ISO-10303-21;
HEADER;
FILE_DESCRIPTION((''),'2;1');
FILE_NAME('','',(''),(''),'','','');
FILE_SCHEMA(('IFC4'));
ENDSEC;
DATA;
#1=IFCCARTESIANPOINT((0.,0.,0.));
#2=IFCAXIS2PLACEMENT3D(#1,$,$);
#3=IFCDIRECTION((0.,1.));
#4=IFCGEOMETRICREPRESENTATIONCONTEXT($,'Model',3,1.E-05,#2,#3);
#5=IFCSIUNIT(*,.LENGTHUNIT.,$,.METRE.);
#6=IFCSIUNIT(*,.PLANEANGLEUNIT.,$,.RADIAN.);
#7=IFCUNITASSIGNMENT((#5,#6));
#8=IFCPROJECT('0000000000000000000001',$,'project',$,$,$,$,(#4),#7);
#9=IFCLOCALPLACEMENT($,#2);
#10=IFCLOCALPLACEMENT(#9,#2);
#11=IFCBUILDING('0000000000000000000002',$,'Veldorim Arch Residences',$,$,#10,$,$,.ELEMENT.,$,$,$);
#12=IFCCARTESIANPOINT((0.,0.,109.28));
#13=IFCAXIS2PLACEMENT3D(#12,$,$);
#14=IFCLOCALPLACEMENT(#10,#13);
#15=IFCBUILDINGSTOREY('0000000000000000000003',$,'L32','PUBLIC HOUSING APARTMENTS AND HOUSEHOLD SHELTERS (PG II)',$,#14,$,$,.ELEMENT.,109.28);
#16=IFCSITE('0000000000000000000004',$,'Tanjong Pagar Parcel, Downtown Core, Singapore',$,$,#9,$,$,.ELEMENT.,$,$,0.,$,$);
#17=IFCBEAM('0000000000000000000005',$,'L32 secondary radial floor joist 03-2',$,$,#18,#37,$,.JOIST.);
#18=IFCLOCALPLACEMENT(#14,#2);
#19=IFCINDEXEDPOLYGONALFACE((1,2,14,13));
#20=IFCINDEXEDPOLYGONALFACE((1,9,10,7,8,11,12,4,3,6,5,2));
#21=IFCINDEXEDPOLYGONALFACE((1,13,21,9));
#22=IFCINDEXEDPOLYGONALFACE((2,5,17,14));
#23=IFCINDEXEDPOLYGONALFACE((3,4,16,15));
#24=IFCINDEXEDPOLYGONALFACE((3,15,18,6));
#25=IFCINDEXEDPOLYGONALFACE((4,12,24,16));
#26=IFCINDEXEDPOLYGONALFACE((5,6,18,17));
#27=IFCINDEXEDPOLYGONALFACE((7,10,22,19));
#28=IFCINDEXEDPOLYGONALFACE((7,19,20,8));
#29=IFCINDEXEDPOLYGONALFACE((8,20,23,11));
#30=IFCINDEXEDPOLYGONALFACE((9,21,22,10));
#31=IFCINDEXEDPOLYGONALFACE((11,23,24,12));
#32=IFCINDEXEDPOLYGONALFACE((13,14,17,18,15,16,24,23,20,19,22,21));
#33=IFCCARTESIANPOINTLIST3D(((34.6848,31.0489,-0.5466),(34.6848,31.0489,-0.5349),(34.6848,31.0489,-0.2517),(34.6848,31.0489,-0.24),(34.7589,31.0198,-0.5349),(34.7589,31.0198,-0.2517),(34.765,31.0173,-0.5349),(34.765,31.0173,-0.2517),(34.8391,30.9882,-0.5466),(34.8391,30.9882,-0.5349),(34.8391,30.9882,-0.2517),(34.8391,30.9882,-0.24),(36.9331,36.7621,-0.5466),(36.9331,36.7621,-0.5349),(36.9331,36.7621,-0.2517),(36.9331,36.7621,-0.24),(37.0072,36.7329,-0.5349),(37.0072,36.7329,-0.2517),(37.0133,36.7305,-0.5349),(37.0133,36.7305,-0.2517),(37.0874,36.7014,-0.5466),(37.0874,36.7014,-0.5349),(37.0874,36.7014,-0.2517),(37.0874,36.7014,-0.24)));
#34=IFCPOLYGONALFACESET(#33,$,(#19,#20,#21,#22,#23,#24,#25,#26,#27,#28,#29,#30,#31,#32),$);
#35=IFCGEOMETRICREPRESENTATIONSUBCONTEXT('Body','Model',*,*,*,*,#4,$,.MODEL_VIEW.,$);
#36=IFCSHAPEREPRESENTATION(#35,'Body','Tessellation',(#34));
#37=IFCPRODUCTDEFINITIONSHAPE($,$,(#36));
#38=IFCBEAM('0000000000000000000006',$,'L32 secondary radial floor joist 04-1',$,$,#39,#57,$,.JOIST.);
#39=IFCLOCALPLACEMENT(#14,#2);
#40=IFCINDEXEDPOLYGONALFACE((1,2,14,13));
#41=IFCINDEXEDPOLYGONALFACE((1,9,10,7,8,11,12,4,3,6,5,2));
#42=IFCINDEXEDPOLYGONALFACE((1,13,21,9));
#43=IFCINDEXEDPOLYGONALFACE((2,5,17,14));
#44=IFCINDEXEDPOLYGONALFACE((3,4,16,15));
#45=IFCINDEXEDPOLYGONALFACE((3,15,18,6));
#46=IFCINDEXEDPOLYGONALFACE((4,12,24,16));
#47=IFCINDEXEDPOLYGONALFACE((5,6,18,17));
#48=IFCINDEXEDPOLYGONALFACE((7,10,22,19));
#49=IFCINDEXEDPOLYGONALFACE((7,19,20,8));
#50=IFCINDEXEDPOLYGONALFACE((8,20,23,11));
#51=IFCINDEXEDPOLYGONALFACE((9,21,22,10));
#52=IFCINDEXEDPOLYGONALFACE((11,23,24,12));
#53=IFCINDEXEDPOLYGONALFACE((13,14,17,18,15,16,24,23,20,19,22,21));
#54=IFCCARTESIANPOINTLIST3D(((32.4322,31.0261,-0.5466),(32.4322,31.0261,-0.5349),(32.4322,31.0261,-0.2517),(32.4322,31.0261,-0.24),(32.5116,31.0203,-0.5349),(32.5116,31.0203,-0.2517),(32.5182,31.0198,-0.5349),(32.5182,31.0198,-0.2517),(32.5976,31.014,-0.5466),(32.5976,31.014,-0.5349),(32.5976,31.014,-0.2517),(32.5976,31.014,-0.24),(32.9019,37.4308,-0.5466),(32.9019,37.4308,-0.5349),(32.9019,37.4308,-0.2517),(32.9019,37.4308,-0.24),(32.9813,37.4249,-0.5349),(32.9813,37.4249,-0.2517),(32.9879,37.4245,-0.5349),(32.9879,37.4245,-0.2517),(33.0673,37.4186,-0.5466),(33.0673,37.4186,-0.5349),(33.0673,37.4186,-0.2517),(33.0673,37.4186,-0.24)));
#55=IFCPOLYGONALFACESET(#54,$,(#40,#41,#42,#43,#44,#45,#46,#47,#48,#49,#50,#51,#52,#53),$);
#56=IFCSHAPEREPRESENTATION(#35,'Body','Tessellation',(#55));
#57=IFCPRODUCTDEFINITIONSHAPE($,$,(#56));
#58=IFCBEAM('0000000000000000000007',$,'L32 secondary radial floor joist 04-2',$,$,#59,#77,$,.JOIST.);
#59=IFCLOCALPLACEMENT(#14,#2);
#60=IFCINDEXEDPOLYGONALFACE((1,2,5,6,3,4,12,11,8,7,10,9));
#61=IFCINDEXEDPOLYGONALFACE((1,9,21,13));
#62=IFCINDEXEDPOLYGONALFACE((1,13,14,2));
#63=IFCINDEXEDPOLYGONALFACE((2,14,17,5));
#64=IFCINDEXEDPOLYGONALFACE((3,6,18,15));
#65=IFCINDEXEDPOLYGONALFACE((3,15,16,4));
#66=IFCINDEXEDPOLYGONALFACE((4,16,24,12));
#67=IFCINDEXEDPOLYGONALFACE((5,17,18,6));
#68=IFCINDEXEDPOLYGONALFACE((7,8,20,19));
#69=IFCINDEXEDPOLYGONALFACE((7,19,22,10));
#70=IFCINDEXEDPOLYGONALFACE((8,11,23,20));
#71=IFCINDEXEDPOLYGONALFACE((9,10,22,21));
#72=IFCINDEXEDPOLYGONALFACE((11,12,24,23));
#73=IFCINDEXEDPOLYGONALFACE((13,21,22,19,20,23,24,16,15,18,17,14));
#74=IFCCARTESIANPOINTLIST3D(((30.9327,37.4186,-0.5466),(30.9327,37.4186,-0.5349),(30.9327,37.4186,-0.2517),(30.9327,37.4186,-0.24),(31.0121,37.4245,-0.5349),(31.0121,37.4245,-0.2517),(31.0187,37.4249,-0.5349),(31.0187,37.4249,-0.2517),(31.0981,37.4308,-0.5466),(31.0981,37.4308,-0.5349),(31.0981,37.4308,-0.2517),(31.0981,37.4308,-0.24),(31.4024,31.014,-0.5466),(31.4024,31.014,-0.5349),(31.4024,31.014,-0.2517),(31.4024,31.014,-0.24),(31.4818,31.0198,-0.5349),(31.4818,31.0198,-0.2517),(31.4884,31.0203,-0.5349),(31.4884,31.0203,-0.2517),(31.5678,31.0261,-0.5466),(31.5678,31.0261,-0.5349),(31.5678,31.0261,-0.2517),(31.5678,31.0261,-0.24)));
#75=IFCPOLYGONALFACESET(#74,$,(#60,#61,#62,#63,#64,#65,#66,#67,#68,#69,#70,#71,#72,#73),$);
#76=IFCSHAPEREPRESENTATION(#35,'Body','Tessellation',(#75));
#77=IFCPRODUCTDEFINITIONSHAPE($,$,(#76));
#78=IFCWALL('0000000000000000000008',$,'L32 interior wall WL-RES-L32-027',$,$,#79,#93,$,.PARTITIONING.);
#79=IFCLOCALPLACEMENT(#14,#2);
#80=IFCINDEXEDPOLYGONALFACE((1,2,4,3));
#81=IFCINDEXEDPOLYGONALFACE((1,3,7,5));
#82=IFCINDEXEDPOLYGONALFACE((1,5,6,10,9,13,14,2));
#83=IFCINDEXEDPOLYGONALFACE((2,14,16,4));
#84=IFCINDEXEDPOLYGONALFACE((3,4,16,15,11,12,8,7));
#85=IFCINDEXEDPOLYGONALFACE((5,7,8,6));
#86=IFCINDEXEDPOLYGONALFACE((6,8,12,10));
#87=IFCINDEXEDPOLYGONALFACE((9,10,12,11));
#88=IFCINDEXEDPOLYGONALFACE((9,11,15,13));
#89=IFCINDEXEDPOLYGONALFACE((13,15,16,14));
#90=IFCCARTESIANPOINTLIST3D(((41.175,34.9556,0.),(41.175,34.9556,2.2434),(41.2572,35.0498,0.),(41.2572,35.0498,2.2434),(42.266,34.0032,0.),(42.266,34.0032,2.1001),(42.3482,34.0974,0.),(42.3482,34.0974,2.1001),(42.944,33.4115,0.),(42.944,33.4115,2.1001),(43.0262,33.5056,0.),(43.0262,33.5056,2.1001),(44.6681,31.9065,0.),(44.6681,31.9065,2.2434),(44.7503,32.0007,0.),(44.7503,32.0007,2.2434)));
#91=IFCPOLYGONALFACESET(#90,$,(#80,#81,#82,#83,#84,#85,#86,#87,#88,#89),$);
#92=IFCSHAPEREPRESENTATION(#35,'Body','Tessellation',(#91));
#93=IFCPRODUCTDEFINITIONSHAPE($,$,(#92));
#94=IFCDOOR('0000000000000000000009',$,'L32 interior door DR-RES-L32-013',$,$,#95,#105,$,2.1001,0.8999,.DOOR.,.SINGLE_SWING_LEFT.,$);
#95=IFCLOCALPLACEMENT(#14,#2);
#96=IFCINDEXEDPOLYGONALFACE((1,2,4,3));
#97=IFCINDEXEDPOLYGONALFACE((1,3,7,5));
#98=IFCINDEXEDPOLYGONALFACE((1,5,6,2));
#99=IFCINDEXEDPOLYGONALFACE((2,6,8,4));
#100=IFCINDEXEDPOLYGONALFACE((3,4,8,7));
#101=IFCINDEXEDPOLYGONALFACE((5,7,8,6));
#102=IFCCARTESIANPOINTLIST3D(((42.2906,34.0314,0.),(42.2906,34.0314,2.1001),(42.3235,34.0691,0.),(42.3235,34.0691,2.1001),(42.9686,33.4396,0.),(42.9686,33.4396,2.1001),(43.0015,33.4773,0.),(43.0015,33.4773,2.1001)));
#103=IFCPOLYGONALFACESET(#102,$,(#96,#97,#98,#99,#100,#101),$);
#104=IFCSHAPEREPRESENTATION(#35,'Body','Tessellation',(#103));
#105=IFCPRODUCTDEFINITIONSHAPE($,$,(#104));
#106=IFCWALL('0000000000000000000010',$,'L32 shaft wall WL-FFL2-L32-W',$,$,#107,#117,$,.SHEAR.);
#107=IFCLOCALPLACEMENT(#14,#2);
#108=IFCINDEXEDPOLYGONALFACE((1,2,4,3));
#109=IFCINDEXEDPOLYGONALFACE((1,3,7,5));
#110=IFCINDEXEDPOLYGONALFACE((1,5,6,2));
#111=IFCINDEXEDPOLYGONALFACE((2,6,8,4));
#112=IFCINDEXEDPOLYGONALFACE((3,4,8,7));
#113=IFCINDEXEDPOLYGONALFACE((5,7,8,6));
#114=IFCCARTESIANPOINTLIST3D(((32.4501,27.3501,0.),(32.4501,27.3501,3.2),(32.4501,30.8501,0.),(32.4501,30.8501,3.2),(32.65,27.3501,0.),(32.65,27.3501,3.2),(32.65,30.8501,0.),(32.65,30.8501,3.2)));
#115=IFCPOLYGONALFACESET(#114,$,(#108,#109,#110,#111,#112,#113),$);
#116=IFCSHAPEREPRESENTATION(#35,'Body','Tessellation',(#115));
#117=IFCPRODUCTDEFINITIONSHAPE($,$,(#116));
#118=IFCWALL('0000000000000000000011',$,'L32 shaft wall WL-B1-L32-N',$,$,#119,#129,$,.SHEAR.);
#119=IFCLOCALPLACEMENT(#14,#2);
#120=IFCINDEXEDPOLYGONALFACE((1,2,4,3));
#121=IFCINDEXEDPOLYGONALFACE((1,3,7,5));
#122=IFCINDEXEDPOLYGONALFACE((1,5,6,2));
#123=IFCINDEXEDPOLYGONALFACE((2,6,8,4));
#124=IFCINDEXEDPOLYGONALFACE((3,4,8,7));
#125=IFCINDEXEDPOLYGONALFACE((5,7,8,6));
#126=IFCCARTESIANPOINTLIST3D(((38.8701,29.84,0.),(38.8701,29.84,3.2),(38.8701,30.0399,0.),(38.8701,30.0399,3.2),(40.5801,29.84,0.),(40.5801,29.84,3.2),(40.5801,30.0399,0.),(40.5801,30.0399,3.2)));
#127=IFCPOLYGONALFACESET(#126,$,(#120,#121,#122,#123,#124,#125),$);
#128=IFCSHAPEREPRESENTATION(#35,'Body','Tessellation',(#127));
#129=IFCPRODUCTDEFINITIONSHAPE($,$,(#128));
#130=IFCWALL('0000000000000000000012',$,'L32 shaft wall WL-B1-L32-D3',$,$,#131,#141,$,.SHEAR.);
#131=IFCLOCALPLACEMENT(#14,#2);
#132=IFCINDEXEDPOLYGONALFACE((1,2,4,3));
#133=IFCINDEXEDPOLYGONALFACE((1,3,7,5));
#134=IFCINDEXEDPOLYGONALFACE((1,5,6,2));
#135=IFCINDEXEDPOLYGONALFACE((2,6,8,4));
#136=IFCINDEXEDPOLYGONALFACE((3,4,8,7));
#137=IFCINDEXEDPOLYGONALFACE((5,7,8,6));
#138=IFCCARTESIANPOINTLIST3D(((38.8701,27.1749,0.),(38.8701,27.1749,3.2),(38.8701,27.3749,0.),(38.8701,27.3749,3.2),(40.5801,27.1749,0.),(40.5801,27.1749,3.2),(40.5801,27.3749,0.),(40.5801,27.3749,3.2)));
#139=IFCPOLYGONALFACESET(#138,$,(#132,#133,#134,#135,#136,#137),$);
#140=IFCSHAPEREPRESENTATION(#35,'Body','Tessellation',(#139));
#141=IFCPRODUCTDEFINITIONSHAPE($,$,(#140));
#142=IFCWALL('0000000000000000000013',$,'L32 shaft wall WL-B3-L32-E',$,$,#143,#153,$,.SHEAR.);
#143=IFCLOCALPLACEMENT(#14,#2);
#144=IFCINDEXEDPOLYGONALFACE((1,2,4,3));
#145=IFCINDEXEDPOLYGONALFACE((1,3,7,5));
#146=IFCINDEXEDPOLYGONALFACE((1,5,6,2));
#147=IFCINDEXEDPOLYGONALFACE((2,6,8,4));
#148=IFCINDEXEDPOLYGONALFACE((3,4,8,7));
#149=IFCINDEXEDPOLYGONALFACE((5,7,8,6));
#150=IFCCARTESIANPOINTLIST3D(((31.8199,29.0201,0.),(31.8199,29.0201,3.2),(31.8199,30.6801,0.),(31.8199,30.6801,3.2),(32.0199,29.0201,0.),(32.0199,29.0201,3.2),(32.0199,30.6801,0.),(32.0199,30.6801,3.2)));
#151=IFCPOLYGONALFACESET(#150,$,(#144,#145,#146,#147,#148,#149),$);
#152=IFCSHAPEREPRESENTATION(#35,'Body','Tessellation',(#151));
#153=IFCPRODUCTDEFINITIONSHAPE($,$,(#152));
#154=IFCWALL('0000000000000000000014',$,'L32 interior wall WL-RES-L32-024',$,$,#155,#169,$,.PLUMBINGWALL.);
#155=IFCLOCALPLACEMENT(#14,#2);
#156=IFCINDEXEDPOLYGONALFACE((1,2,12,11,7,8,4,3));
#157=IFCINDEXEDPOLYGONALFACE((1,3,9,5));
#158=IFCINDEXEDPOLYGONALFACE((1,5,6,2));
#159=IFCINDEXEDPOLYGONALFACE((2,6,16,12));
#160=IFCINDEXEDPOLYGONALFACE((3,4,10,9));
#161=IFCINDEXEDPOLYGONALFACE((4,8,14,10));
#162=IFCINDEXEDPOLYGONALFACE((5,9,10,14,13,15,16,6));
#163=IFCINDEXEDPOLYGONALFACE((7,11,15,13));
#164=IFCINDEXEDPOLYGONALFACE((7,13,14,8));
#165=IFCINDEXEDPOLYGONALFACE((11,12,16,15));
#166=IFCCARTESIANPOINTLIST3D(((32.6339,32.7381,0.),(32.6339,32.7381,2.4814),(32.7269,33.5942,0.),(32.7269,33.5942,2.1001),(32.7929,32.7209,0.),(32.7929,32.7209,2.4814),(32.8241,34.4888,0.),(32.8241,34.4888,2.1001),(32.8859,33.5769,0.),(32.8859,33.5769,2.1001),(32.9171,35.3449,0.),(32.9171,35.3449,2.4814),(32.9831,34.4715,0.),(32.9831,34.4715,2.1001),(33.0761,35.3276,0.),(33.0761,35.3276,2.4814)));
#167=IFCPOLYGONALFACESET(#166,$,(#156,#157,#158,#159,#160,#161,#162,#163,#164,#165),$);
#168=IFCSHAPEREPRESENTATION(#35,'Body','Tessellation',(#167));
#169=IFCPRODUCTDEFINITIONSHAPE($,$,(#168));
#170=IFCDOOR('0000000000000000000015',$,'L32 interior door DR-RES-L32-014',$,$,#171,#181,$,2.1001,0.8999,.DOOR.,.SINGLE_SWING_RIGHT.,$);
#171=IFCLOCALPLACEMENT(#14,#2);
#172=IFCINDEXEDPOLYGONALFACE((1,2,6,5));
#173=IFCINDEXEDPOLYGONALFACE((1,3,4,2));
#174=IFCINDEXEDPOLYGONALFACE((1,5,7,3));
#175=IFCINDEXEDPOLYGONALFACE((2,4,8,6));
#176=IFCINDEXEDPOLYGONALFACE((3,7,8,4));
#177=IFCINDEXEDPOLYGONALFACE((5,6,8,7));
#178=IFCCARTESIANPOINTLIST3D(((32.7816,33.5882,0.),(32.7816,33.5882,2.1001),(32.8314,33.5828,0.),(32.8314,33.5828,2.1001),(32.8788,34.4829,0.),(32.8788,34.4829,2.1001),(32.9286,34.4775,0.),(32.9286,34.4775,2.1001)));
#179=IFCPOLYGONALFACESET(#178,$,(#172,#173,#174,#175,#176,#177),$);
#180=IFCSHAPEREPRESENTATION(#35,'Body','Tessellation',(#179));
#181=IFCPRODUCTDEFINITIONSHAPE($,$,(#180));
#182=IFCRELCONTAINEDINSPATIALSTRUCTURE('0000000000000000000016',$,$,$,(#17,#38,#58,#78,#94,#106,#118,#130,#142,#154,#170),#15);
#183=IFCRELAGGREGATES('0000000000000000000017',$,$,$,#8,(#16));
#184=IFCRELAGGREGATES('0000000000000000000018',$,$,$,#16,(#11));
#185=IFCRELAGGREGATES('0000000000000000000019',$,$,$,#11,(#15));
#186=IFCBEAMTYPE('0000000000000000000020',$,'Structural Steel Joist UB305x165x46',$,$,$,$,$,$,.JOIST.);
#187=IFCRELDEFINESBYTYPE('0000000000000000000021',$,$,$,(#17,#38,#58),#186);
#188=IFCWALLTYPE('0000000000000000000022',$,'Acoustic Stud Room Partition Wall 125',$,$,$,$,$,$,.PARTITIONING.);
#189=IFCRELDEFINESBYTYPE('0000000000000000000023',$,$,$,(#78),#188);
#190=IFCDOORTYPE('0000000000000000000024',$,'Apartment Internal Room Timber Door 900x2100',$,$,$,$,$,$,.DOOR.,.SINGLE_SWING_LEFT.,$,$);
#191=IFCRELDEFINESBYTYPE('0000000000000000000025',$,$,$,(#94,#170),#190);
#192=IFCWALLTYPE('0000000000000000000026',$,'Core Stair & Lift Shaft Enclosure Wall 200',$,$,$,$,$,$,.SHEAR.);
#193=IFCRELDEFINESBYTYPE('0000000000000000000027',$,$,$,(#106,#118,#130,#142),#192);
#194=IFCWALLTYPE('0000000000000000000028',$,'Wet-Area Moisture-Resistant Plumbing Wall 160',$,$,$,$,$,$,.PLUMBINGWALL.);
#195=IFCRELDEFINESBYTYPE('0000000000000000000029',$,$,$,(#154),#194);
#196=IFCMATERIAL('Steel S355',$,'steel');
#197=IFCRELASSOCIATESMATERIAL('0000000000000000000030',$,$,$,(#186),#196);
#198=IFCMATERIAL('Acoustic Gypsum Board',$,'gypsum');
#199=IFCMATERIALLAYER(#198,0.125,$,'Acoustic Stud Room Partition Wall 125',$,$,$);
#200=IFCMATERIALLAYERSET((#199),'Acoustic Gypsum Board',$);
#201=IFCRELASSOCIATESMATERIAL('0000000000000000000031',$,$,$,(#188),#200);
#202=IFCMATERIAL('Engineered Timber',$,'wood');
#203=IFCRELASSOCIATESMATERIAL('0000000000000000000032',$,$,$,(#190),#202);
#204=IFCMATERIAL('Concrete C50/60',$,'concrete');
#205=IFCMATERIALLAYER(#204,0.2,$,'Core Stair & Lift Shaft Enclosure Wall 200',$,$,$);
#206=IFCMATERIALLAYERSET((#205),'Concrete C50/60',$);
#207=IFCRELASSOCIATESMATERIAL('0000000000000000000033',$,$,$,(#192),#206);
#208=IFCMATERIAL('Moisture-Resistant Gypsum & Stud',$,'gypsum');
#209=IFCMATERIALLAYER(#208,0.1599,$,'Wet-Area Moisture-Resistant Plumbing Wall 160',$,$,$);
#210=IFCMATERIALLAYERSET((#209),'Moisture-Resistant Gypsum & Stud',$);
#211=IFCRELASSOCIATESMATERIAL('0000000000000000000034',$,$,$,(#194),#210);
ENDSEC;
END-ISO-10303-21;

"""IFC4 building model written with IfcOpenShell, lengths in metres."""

from ifc_helpers import new_model, si_unit, direction, frame, frame_2d, origin, origin_2d, place, context, subcontext, project, spatial, rectangle, i_section, extrude, material, layer, layer_set, material_profile, profile_set, type_object, element, fill, save


model = new_model("IFC4")

# Units and contexts
model_context = context("Model", 3, precision=1e-05, world=origin(), true_north=direction((0.0, 1.0)))
body_context = subcontext(model_context, "Body", "Model", "MODEL_VIEW")
ifc_project = project(units=[si_unit("LENGTHUNIT", "METRE"), si_unit("PLANEANGLEUNIT", "RADIAN")], contexts=[model_context])

# Site, building, storey
site_placement = place(None, origin())
site = spatial("IfcSite", under=ifc_project, at=site_placement, Name="Tanjong Pagar Parcel, Downtown Core, Singapore", CompositionType="ELEMENT", RefElevation=0.0)
building_placement = place(site_placement, origin())
building = spatial("IfcBuilding", under=site, at=building_placement, Name="Veldorim Arch Residences", CompositionType="ELEMENT")
storey_placement = place(building_placement, frame((0.0, 0.0, 109.28)))
storey = spatial("IfcBuildingStorey", under=building, at=storey_placement, Name="L32", Description="PUBLIC HOUSING APARTMENTS AND HOUSEHOLD SHELTERS (PG II)", CompositionType="ELEMENT", Elevation=109.28)

# Beams
ifc_material_1 = material(Name="Steel S355", Category="steel")
ifc_material_profile_1 = material_profile(ifc_material_1, i_section(OverallWidth=0.1658, OverallDepth=0.3066, WebThickness=0.0066, FlangeThickness=0.0117, at=origin_2d()), Name="UB305x165x46")
ifc_profile_set_1 = profile_set([ifc_material_profile_1], Name="Steel S355")
beam_type_1 = type_object("IfcBeamType", Name="Structural Steel Joist UB305x165x46", PredefinedType="JOIST", material=ifc_profile_set_1)
beam_1_placement = place(storey_placement, frame((34.762, 31.0186, -0.3933), z_axis=(0.366195, 0.930538, 0.0), x_axis=(-0.930538, 0.366195, 0.0)))
element("IfcBeam", 1, at=beam_1_placement, inside=storey, type_object=beam_type_1, Name="L32 secondary radial floor joist 03-2", PredefinedType="JOIST", context=body_context, shape_type="SweptSolid", body=[
    extrude(i_section(OverallWidth=0.1658, OverallDepth=0.3066, WebThickness=0.0066, FlangeThickness=0.0117, at=origin_2d()), origin(), (0.0, 0.0, 1.0), 6.1396),
])
for number, where, z_axis, x_axis, name in (
    (2, (32.5149, 31.02, -0.3933), (0.073143, 0.997321, 0.0), (-0.997321, 0.073143, 0.0), "L32 secondary radial floor joist 04-1"),
    (3, (31.4851, 31.02, -0.3933), (-0.073143, 0.997321, 0.0), (-0.997321, -0.073143, 0.0), "L32 secondary radial floor joist 04-2"),
):
    element("IfcBeam", number, at=place(storey_placement, frame(where, z_axis=z_axis, x_axis=x_axis)), inside=storey, type_object=beam_type_1, Name=name, PredefinedType="JOIST", context=body_context, shape_type="SweptSolid", body=[
        extrude(i_section(OverallWidth=0.1658, OverallDepth=0.3066, WebThickness=0.0066, FlangeThickness=0.0117, at=origin_2d()), origin(), (0.0, 0.0, 1.0), 6.4219),
    ])

# Wall, opening, door
ifc_material_2 = material(Name="Acoustic Gypsum Board", Category="gypsum")
ifc_layer_1 = layer(ifc_material_2, 0.125, Name="Acoustic Stud Room Partition Wall 125")
ifc_layer_set_1 = layer_set([ifc_layer_1], Name="Acoustic Gypsum Board")
wall_type_1 = type_object("IfcWallType", Name="Acoustic Stud Room Partition Wall 125", PredefinedType="PARTITIONING", material=ifc_layer_set_1)
wall_1_placement = place(storey_placement, frame((41.2161, 35.0027, 0.0), z_axis=(0.0, 0.0, 1.0), x_axis=(0.753372, -0.657595, 0.0)))
wall_1 = element("IfcWall", 4, at=wall_1_placement, inside=storey, type_object=wall_type_1, Name="L32 interior wall WL-RES-L32-027", PredefinedType="PARTITIONING", context=body_context, shape_type="SweptSolid", body=[
    extrude(rectangle(XDim=4.6367, YDim=0.125, at=frame_2d((2.3184, 0.0))), origin(), (0.0, 0.0, 1.0), 2.2434),
])
opening_1_placement = place(wall_1_placement, frame((1.4482, 0.0, 0.0)))
opening_1 = element("IfcOpeningElement", 5, at=opening_1_placement, cuts=wall_1, PredefinedType="OPENING", context=body_context, shape_type="SweptSolid", body=[
    extrude(rectangle(XDim=0.8999, YDim=2.1001, at=frame_2d((0.45, 1.05))), frame((0.0, 0.0725, 0.0), z_axis=(0.0, -1.0, 0.0), x_axis=(1.0, 0.0, 0.0)), (0.0, 0.0, 1.0), 0.145),
])
ifc_material_3 = material(Name="Engineered Timber", Category="wood")
door_type_1 = type_object("IfcDoorType", Name="Apartment Internal Room Timber Door 900x2100", OperationType="SINGLE_SWING_LEFT", PredefinedType="DOOR", material=ifc_material_3)
door_1_placement = place(opening_1_placement, origin())
door_1 = element("IfcDoor", 6, at=door_1_placement, inside=storey, type_object=door_type_1, Name="L32 interior door DR-RES-L32-013", OperationType="SINGLE_SWING_LEFT", OverallHeight=2.1001, OverallWidth=0.8999, PredefinedType="DOOR", context=body_context, shape_type="SweptSolid", body=[
    extrude(rectangle(XDim=0.8999, YDim=2.1001, at=frame_2d((0.45, 1.05))), frame((0.0, 0.0249, 0.0), z_axis=(0.0, -1.0, 0.0), x_axis=(1.0, 0.0, 0.0)), (0.0, 0.0, 1.0), 0.05),
])
fill(opening_1, door_1)
ifc_material_4 = material(Name="Concrete C50/60", Category="concrete")
ifc_layer_2 = layer(ifc_material_4, 0.2, Name="Core Stair & Lift Shaft Enclosure Wall 200")
ifc_layer_set_2 = layer_set([ifc_layer_2], Name="Concrete C50/60")
wall_type_2 = type_object("IfcWallType", Name="Core Stair & Lift Shaft Enclosure Wall 200", PredefinedType="SHEAR", material=ifc_layer_set_2)

# Wall
wall_2_placement = place(storey_placement, frame((32.55, 27.3501, 0.0), z_axis=(0.0, 0.0, 1.0), x_axis=(0.0, 1.0, 0.0)))
element("IfcWall", 7, at=wall_2_placement, inside=storey, type_object=wall_type_2, Name="L32 shaft wall WL-FFL2-L32-W", PredefinedType="SHEAR", context=body_context, shape_type="SweptSolid", body=[
    extrude(rectangle(XDim=3.5, YDim=0.2, at=frame_2d((1.75, 0.0))), origin(), (0.0, 0.0, 1.0), 3.2),
])

# Walls
for number, where, z_axis, x_axis, name in (
    (8, (38.8701, 29.9399, 0.0), (0.0, 0.0, 1.0), (1.0, 0.0, 0.0), "L32 shaft wall WL-B1-L32-N"),
    (9, (38.8701, 27.2749, 0.0), (0.0, 0.0, 1.0), (1.0, 0.0, 0.0), "L32 shaft wall WL-B1-L32-D3"),
):
    element("IfcWall", number, at=place(storey_placement, frame(where, z_axis=z_axis, x_axis=x_axis)), inside=storey, type_object=wall_type_2, Name=name, PredefinedType="SHEAR", context=body_context, shape_type="SweptSolid", body=[
        extrude(rectangle(XDim=1.71, YDim=0.2, at=frame_2d((0.855, 0.0))), origin(), (0.0, 0.0, 1.0), 3.2),
    ])
wall_3_placement = place(storey_placement, frame((31.9199, 29.02, 0.0), z_axis=(0.0, 0.0, 1.0), x_axis=(0.0, 1.0, 0.0)))
element("IfcWall", 10, at=wall_3_placement, inside=storey, type_object=wall_type_2, Name="L32 shaft wall WL-B3-L32-E", PredefinedType="SHEAR", context=body_context, shape_type="SweptSolid", body=[
    extrude(rectangle(XDim=1.6599, YDim=0.2, at=frame_2d((0.8301, 0.0))), origin(), (0.0, 0.0, 1.0), 3.2),
])

# Wall, opening, door
ifc_material_5 = material(Name="Moisture-Resistant Gypsum & Stud", Category="gypsum")
ifc_layer_3 = layer(ifc_material_5, 0.1599, Name="Wet-Area Moisture-Resistant Plumbing Wall 160")
ifc_layer_set_3 = layer_set([ifc_layer_3], Name="Moisture-Resistant Gypsum & Stud")
wall_type_3 = type_object("IfcWallType", Name="Wet-Area Moisture-Resistant Plumbing Wall 160", PredefinedType="PLUMBINGWALL", material=ifc_layer_set_3)
wall_4_placement = place(storey_placement, frame((32.7134, 32.7295, 0.0), z_axis=(0.0, 0.0, 1.0), x_axis=(0.108009, 0.99415, 0.0)))
wall_4 = element("IfcWall", 11, at=wall_4_placement, inside=storey, type_object=wall_type_3, Name="L32 interior wall WL-RES-L32-024", PredefinedType="PLUMBINGWALL", context=body_context, shape_type="SweptSolid", body=[
    extrude(rectangle(XDim=2.6221, YDim=0.1599, at=frame_2d((1.311, 0.0))), origin(), (0.0, 0.0, 1.0), 2.4814),
])
opening_2_placement = place(wall_4_placement, frame((0.8611, 0.0, 0.0)))
opening_2 = element("IfcOpeningElement", 12, at=opening_2_placement, cuts=wall_4, PredefinedType="OPENING", context=body_context, shape_type="SweptSolid", body=[
    extrude(rectangle(XDim=0.8999, YDim=2.1001, at=frame_2d((0.45, 1.05))), frame((0.0, 0.0898, 0.0), z_axis=(0.0, -1.0, 0.0), x_axis=(1.0, 0.0, 0.0)), (0.0, 0.0, 1.0), 0.1799),
])
door_2_placement = place(opening_2_placement, origin())
door_2 = element("IfcDoor", 13, at=door_2_placement, inside=storey, type_object=door_type_1, Name="L32 interior door DR-RES-L32-014", OperationType="SINGLE_SWING_RIGHT", OverallHeight=2.1001, OverallWidth=0.8999, PredefinedType="DOOR", context=body_context, shape_type="SweptSolid", body=[
    extrude(rectangle(XDim=0.8999, YDim=2.1001, at=frame_2d((0.45, 1.05))), frame((0.0, 0.0249, 0.0), z_axis=(0.0, -1.0, 0.0), x_axis=(1.0, 0.0, 0.0)), (0.0, 0.0, 1.0), 0.05),
])
fill(opening_2, door_2)

save(model, "model.ifc")
